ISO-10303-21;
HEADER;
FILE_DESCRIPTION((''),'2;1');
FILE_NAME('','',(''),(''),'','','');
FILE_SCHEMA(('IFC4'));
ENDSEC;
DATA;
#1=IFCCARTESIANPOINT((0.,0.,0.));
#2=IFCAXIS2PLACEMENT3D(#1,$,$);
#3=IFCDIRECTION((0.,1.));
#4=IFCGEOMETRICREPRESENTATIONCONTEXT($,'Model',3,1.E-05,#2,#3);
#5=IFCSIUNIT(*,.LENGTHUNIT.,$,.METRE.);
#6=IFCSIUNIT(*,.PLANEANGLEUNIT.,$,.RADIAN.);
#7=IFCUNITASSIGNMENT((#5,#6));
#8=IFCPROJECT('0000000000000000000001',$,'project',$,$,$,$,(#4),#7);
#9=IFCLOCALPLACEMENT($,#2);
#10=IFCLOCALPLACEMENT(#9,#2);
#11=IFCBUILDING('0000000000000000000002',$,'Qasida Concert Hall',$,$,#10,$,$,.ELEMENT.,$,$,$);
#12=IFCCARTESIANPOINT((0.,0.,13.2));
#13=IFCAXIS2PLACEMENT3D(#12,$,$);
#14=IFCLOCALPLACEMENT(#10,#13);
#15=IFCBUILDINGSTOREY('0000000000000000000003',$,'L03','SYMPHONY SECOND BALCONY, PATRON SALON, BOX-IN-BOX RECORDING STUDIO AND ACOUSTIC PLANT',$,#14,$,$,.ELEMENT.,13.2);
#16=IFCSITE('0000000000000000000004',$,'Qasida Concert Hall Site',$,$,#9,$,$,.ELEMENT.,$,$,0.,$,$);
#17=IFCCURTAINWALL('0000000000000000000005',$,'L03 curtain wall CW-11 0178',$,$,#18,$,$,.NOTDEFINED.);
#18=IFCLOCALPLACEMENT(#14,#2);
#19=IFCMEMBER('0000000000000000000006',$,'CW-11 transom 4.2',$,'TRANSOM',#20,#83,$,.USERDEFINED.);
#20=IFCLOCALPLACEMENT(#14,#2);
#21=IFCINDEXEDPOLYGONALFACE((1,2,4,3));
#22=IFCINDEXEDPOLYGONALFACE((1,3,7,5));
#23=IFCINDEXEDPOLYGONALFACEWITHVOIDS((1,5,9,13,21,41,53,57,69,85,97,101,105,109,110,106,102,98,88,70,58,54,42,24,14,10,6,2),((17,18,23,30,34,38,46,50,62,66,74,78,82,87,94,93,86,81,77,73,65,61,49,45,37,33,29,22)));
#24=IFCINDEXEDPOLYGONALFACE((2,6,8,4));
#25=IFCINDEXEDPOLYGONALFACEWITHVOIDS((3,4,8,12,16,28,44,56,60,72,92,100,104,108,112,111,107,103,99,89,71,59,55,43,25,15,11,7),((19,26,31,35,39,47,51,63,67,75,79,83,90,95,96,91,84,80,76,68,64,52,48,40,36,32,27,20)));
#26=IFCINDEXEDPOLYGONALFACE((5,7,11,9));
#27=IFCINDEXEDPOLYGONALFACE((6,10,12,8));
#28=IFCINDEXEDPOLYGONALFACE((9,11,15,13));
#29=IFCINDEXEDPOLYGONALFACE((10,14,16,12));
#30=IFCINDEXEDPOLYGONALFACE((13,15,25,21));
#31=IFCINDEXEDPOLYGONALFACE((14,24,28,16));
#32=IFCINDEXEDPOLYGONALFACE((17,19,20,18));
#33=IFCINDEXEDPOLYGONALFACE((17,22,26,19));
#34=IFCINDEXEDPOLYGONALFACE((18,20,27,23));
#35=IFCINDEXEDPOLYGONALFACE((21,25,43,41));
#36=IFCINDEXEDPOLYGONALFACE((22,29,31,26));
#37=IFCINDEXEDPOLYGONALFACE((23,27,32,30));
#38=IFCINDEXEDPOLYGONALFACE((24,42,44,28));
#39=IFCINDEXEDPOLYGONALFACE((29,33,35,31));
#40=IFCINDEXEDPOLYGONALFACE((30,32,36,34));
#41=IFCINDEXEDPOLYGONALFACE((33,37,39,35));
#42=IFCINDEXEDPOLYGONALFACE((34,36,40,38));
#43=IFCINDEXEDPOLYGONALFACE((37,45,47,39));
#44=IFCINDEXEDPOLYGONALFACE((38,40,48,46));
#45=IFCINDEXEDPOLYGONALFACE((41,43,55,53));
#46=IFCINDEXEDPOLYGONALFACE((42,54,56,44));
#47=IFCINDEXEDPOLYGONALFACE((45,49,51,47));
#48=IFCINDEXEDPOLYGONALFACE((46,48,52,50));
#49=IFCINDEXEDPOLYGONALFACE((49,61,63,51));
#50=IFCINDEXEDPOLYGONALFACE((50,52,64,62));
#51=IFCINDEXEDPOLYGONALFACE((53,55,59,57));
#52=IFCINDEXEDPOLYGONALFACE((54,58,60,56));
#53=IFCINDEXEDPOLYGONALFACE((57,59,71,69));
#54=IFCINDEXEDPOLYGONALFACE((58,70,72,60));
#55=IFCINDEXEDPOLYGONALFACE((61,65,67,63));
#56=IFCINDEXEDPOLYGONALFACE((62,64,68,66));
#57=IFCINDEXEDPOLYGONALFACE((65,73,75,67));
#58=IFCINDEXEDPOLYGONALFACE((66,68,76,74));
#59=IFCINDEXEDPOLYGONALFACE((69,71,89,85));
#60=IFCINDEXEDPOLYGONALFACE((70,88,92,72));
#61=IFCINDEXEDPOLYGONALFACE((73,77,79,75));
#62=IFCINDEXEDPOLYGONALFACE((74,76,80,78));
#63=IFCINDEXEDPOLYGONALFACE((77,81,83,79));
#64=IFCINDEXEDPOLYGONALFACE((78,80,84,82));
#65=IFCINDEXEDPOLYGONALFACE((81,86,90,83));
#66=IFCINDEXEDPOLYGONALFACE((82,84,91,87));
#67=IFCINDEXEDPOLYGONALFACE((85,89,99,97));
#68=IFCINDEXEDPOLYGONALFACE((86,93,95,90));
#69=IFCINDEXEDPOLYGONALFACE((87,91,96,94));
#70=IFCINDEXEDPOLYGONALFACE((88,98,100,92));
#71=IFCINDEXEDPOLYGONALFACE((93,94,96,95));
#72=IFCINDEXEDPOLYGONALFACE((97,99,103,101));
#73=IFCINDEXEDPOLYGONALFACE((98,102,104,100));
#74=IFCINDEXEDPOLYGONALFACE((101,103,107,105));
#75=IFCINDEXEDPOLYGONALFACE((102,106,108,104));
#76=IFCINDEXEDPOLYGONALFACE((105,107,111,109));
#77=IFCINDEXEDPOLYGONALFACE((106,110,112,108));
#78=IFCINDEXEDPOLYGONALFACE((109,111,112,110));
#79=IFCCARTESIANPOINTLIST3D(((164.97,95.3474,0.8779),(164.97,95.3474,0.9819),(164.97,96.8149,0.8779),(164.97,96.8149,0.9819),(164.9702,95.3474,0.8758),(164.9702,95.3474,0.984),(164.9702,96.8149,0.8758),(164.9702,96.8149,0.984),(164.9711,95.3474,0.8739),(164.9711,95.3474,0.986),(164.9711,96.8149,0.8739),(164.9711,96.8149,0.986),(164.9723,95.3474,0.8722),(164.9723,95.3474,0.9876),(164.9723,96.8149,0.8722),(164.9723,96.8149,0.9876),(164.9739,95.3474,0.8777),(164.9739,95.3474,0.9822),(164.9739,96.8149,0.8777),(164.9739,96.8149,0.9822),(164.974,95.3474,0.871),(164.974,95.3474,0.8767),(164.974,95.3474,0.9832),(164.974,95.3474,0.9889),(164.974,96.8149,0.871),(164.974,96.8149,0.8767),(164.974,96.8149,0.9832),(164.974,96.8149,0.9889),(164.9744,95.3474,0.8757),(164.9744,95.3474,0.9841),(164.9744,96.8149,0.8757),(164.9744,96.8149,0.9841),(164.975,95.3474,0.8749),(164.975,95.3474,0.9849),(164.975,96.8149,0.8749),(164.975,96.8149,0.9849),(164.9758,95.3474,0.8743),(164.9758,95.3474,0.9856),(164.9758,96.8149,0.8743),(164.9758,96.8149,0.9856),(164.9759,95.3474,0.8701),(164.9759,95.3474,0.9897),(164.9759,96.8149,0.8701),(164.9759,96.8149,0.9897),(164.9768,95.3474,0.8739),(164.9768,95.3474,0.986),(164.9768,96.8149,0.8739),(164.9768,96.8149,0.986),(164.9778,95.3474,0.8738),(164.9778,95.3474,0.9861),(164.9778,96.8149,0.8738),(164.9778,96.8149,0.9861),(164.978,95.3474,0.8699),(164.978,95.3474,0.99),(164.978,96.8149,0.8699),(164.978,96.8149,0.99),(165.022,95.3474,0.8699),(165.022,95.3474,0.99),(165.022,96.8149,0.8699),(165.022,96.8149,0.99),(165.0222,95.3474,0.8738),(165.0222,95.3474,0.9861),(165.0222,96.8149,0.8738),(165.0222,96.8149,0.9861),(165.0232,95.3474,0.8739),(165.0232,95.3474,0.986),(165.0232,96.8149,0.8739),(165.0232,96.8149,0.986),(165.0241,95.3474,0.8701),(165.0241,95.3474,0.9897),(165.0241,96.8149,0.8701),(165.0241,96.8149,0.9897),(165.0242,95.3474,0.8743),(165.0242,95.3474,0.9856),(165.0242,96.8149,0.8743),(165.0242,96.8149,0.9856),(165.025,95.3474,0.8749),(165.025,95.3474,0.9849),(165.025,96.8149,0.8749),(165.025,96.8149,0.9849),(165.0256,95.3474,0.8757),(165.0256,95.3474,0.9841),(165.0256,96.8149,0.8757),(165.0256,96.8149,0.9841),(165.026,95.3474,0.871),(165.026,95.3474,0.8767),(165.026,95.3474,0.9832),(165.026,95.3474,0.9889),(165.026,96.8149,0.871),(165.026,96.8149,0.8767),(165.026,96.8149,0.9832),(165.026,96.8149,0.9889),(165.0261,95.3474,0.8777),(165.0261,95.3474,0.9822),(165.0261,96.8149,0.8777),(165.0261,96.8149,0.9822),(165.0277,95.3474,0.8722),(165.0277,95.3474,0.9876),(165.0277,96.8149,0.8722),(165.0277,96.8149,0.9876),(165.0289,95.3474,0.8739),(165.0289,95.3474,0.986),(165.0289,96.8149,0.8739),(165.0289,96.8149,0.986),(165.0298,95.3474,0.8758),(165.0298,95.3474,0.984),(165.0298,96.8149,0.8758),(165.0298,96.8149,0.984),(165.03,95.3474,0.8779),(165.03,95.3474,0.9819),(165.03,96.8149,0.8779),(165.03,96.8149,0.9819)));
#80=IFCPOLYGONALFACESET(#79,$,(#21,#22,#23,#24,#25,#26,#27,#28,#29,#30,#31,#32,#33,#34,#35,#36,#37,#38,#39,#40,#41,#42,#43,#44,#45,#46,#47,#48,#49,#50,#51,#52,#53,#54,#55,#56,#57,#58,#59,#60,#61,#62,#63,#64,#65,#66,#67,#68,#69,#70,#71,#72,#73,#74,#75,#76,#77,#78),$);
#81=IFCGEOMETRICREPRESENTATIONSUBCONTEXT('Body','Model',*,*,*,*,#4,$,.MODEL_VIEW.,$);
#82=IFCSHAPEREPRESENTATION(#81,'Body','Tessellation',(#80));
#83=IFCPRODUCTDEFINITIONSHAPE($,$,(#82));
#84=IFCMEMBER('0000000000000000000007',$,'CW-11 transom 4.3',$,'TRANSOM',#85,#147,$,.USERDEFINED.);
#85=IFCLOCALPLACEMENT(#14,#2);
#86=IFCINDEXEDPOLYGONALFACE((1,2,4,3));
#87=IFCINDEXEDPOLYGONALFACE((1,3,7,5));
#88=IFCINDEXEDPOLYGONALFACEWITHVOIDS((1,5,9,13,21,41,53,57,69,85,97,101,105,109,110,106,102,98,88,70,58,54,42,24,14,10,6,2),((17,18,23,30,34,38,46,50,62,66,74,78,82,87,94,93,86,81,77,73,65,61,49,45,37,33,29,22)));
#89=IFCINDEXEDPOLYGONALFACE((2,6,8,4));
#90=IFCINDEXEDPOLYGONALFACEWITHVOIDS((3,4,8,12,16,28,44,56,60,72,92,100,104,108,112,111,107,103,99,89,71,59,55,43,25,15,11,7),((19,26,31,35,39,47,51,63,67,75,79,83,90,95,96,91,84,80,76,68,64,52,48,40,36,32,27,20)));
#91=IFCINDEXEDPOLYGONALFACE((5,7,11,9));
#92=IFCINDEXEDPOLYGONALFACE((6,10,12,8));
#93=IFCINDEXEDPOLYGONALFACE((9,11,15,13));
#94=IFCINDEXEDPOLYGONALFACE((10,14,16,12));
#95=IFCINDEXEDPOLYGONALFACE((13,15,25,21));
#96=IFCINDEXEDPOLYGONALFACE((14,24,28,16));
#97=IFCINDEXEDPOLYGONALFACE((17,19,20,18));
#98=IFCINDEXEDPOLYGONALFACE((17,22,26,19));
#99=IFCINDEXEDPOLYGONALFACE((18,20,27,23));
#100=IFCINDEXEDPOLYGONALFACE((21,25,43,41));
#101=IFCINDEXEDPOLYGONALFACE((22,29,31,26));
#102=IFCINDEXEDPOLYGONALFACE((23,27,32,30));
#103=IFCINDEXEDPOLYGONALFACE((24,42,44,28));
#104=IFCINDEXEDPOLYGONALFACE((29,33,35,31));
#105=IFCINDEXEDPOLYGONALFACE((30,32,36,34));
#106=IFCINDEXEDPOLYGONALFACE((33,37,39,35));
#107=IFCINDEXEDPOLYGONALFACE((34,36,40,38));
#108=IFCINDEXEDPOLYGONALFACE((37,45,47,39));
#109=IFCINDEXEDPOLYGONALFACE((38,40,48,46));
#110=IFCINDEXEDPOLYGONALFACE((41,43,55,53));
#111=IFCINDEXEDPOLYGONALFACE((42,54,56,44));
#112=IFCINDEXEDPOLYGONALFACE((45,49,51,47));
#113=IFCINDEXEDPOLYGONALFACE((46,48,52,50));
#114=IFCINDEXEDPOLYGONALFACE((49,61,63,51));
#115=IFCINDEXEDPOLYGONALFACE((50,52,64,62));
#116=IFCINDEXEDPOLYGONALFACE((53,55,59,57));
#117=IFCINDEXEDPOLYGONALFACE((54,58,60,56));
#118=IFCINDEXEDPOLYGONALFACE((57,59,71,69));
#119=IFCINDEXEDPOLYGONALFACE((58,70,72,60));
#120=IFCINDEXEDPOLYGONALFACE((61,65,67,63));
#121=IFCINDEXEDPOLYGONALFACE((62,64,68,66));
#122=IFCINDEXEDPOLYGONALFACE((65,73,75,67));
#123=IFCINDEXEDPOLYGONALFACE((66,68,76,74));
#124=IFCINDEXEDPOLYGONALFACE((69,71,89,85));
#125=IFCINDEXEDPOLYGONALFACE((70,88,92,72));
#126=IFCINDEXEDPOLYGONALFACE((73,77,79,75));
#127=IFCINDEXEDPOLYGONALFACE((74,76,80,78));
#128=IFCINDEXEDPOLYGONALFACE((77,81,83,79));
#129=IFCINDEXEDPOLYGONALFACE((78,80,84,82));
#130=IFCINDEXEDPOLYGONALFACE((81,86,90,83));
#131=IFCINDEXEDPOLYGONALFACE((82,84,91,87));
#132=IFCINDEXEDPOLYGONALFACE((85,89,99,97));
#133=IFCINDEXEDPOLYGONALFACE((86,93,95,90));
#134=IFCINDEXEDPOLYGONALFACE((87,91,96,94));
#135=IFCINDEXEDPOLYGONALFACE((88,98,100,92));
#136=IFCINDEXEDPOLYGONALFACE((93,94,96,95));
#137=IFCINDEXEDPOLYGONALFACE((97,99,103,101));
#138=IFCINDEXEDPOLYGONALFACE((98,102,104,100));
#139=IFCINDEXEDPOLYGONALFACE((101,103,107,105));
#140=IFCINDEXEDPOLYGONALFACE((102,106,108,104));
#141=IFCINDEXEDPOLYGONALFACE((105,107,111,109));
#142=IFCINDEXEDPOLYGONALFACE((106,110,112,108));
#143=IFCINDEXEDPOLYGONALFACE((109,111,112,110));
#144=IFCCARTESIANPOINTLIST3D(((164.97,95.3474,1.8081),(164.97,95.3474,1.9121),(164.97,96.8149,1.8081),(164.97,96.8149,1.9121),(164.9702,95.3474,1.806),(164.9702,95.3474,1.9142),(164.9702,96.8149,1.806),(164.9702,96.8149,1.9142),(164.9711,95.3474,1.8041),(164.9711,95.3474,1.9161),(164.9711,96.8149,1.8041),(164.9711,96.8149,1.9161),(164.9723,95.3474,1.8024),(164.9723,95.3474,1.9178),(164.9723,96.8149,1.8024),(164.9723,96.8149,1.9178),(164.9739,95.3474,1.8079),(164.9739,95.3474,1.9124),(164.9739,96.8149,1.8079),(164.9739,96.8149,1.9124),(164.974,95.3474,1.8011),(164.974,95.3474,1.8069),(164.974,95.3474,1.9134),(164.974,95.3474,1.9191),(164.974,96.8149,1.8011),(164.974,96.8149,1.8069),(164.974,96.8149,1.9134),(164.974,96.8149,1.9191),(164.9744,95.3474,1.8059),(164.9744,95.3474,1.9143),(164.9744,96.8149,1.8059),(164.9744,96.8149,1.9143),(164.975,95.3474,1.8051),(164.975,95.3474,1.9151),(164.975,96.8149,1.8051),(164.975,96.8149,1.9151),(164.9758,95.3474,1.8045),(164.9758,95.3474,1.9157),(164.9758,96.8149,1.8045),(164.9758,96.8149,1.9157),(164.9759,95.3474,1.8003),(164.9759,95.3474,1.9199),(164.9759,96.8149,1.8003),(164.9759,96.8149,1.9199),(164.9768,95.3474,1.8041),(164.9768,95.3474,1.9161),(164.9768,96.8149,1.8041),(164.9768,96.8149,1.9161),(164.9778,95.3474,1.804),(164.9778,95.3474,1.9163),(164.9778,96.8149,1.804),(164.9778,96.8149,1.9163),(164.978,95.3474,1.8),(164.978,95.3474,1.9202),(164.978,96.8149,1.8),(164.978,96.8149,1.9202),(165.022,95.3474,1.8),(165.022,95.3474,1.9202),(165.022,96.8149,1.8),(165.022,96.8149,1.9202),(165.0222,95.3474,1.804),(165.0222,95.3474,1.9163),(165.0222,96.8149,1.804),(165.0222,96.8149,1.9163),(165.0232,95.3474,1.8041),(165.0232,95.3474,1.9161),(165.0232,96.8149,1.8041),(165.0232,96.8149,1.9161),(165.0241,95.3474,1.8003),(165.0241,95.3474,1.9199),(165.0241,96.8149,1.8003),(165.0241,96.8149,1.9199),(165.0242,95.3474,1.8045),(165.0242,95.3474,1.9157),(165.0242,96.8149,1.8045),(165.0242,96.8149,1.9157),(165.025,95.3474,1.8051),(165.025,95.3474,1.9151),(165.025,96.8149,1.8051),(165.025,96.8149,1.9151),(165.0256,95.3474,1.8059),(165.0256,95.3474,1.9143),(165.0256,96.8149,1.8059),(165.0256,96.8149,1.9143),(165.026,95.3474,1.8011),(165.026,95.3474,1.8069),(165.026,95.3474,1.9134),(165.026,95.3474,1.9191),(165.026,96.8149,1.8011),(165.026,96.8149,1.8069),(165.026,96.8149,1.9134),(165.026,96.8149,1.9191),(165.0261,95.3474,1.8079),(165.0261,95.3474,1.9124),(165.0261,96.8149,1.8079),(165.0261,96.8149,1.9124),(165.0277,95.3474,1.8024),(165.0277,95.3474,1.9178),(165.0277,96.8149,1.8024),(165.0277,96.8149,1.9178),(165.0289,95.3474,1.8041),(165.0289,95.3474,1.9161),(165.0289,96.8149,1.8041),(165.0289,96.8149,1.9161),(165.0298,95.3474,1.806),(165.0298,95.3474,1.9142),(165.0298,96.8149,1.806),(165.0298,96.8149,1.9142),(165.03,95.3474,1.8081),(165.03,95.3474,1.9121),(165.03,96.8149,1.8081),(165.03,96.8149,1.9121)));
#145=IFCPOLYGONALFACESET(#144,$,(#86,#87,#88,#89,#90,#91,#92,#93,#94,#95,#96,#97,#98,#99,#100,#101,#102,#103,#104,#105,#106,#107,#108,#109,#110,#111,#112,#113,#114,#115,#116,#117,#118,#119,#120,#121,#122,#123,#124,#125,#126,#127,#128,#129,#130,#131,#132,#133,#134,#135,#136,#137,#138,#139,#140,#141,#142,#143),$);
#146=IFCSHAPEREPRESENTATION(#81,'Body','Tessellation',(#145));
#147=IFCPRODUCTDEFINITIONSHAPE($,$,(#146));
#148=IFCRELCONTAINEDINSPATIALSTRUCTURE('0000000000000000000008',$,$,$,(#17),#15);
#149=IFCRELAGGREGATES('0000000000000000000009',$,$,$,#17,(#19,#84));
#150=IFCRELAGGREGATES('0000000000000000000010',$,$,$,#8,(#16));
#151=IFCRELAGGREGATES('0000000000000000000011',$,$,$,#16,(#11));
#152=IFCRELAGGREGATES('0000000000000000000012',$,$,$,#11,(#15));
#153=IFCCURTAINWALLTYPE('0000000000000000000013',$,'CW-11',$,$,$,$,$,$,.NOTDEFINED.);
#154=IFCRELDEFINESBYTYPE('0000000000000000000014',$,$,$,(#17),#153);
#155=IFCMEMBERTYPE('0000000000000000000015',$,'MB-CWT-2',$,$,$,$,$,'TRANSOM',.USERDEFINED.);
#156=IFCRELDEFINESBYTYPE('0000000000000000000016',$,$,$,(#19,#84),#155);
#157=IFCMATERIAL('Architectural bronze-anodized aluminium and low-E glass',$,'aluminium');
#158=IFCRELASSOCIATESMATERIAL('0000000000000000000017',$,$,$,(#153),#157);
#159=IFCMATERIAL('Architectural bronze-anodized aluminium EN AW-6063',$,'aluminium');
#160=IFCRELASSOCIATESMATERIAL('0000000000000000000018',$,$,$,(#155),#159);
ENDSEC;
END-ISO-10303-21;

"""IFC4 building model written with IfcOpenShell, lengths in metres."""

from ifc_helpers import new_model, si_unit, direction, frame, origin, origin_2d, place, context, subcontext, project, spatial, hollow_rectangle, extrude, material, material_profile, profile_set, type_object, element, aggregate, save


model = new_model("IFC4")

# Units and contexts
model_context = context("Model", 3, precision=1e-05, world=origin(), true_north=direction((0.0, 1.0)))
body_context = subcontext(model_context, "Body", "Model", "MODEL_VIEW")
ifc_project = project(units=[si_unit("LENGTHUNIT", "METRE"), si_unit("PLANEANGLEUNIT", "RADIAN")], contexts=[model_context])

# Site, building, storey
site_placement = place(None, origin())
site = spatial("IfcSite", under=ifc_project, at=site_placement, Name="Qasida Concert Hall Site", CompositionType="ELEMENT", RefElevation=0.0)
building_placement = place(site_placement, origin())
building = spatial("IfcBuilding", under=site, at=building_placement, Name="Qasida Concert Hall", CompositionType="ELEMENT")
storey_placement = place(building_placement, frame((0.0, 0.0, 13.2)))
storey = spatial("IfcBuildingStorey", under=building, at=storey_placement, Name="L03", Description="SYMPHONY SECOND BALCONY, PATRON SALON, BOX-IN-BOX RECORDING STUDIO AND ACOUSTIC PLANT", CompositionType="ELEMENT", Elevation=13.2)

# Curtain wall
ifc_material_1 = material(Name="Architectural bronze-anodized aluminium and low-E glass", Category="aluminium")
curtain_wall_type = type_object("IfcCurtainWallType", Name="CW-11", PredefinedType="NOTDEFINED", material=ifc_material_1)
curtain_wall_1_placement = place(storey_placement, origin())
curtain_wall_1 = element("IfcCurtainWall", 1, at=curtain_wall_1_placement, inside=storey, type_object=curtain_wall_type, Name="L03 curtain wall CW-11 0178", PredefinedType="NOTDEFINED")
ifc_material_2 = material(Name="Architectural bronze-anodized aluminium EN AW-6063", Category="aluminium")

# Members
ifc_material_profile_1 = material_profile(ifc_material_2, hollow_rectangle(XDim=0.0601, YDim=0.1201, WallThickness=0.0039, InnerFilletRadius=0.0039, OuterFilletRadius=0.0081, at=origin_2d()), Name="CWT 120x60x4")
ifc_profile_set_1 = profile_set([ifc_material_profile_1], Name="Architectural bronze-anodized aluminium EN AW-6063")
member_type_1 = type_object("IfcMemberType", Name="MB-CWT-2", ElementType="TRANSOM", PredefinedType="USERDEFINED", material=ifc_profile_set_1)
member_1_placement = place(storey_placement, frame((165.0, 95.3474, 0.9299), z_axis=(0.0, 1.0, 0.0), x_axis=(-1.0, 0.0, 0.0)))
member_1 = element("IfcMember", 2, at=member_1_placement, type_object=member_type_1, Name="CW-11 transom 4.2", ObjectType="TRANSOM", PredefinedType="USERDEFINED", context=body_context, shape_type="SweptSolid", body=[
    extrude(hollow_rectangle(XDim=0.0601, YDim=0.1201, WallThickness=0.0039, InnerFilletRadius=0.0039, OuterFilletRadius=0.0081, at=origin_2d()), origin(), (0.0, 0.0, 1.0), 1.4675),
])
member_2_placement = place(storey_placement, frame((165.0, 95.3474, 1.8601), z_axis=(0.0, 1.0, 0.0), x_axis=(-1.0, 0.0, 0.0)))
member_2 = element("IfcMember", 3, at=member_2_placement, type_object=member_type_1, Name="CW-11 transom 4.3", ObjectType="TRANSOM", PredefinedType="USERDEFINED", context=body_context, shape_type="SweptSolid", body=[
    extrude(hollow_rectangle(XDim=0.0601, YDim=0.1201, WallThickness=0.0039, InnerFilletRadius=0.0039, OuterFilletRadius=0.0081, at=origin_2d()), origin(), (0.0, 0.0, 1.0), 1.4675),
])

aggregate(curtain_wall_1, [member_1, member_2])

save(model, "model.ifc")
